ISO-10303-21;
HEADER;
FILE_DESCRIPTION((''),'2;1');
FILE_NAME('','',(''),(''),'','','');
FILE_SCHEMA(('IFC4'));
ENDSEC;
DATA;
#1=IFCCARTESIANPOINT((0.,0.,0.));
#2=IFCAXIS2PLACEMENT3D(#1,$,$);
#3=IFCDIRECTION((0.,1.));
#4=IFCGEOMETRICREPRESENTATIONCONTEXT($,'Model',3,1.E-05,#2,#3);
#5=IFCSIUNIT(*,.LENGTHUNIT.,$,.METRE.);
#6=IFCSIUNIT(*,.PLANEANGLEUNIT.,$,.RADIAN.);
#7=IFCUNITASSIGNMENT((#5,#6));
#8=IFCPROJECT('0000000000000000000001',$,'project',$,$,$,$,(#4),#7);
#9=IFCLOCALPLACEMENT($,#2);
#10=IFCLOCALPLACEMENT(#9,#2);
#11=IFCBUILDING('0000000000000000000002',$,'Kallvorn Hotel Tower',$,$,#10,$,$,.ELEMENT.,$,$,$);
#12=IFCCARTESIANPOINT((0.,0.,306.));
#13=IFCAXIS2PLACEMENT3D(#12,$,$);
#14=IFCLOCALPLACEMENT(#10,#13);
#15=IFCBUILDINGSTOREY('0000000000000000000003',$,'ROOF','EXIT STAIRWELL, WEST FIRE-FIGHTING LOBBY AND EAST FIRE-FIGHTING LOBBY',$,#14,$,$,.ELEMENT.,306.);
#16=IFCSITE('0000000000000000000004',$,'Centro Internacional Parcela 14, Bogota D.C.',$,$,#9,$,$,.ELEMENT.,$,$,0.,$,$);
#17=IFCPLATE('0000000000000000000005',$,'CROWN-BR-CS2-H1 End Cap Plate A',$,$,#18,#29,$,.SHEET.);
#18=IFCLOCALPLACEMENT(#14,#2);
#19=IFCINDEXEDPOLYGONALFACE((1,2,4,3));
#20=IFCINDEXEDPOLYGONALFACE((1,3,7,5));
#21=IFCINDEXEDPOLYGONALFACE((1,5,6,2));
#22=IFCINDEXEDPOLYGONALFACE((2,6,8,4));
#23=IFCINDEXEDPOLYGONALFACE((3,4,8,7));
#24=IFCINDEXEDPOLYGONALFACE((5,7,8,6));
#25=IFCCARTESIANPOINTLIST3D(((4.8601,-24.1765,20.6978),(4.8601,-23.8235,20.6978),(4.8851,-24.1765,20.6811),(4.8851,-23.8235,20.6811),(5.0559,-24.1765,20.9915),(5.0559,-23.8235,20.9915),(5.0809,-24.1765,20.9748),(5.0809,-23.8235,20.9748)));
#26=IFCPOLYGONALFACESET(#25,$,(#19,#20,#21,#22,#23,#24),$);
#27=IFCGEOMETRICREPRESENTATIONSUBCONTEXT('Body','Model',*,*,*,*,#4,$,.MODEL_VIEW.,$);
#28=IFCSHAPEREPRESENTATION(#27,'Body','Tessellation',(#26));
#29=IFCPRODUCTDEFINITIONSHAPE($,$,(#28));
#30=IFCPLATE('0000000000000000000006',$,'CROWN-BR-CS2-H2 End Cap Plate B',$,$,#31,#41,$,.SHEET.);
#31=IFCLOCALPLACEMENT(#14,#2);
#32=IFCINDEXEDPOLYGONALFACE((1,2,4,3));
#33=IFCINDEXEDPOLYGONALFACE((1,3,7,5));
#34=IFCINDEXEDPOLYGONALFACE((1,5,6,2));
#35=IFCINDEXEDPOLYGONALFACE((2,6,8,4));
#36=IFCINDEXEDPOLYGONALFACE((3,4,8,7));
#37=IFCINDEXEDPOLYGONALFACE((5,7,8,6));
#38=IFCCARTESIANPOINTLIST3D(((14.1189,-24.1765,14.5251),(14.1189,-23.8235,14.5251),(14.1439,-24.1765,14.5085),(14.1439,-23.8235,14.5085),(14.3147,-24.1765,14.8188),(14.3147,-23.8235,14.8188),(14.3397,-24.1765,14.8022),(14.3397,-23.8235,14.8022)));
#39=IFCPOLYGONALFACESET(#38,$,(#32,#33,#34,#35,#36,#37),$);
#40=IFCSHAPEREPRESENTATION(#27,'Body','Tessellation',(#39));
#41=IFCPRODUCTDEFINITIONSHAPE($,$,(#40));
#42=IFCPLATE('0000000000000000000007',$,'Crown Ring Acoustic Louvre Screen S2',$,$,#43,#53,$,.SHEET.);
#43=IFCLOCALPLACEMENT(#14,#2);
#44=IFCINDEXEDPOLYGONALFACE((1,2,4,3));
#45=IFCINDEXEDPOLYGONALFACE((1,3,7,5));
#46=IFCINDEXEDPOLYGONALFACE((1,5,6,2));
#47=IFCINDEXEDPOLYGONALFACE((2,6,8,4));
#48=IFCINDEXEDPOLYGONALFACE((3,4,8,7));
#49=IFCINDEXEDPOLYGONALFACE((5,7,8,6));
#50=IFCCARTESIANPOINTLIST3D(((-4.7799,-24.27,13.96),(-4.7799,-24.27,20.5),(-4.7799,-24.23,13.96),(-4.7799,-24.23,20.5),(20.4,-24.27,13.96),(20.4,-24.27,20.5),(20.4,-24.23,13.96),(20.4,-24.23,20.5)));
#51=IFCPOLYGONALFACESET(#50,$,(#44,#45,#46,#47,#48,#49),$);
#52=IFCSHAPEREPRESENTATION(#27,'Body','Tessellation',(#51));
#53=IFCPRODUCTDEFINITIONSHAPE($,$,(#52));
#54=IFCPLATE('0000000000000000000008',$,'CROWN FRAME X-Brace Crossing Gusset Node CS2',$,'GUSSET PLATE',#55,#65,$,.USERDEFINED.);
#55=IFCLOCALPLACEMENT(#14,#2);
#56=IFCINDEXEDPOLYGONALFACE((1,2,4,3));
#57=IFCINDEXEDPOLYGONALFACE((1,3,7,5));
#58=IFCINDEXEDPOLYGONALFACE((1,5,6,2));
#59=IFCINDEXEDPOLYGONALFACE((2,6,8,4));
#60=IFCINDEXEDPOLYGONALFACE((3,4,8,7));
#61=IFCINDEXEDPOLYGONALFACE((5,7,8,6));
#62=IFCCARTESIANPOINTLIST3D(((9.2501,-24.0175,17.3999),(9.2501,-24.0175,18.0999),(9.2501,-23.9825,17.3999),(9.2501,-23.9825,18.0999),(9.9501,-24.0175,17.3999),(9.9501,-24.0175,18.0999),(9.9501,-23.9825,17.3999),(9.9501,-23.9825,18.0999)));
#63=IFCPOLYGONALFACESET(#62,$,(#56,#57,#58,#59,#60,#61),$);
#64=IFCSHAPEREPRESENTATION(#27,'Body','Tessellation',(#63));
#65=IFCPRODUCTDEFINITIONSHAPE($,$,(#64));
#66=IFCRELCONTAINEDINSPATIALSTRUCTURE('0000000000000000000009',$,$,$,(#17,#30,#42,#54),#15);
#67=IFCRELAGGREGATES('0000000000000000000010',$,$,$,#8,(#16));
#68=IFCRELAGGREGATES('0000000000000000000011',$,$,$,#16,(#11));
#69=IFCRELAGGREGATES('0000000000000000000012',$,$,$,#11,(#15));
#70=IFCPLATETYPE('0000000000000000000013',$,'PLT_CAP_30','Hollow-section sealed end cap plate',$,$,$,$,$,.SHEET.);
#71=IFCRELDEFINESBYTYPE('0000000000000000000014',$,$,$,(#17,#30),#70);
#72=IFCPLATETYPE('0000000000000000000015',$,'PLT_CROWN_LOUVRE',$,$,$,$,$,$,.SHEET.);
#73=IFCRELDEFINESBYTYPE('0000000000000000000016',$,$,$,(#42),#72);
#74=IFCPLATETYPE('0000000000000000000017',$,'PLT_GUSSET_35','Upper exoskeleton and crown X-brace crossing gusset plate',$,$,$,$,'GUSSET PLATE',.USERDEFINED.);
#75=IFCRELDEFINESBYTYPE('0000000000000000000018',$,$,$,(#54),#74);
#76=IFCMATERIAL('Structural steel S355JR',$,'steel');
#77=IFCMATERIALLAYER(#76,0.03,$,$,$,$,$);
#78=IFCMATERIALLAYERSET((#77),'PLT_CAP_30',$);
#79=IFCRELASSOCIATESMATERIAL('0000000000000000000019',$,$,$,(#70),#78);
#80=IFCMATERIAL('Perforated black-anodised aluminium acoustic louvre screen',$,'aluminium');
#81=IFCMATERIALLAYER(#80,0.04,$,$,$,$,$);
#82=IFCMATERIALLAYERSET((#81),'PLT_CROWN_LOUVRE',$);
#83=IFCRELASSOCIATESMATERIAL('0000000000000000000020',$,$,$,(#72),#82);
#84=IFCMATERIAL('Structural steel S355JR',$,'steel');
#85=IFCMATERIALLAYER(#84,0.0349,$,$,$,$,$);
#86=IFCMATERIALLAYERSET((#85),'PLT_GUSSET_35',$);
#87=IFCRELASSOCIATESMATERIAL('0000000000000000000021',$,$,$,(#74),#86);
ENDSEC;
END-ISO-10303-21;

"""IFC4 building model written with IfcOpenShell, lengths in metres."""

from ifc_helpers import new_model, si_unit, direction, frame, origin, origin_2d, place, context, subcontext, project, spatial, polyline, rectangle, outline, extrude, material, layer, layer_set, type_object, element, save


model = new_model("IFC4")

# Units and contexts
model_context = context("Model", 3, precision=1e-05, world=origin(), true_north=direction((0.0, 1.0)))
body_context = subcontext(model_context, "Body", "Model", "MODEL_VIEW")
ifc_project = project(units=[si_unit("LENGTHUNIT", "METRE"), si_unit("PLANEANGLEUNIT", "RADIAN")], contexts=[model_context])

# Site, building, storey
site_placement = place(None, origin())
site = spatial("IfcSite", under=ifc_project, at=site_placement, Name="Centro Internacional Parcela 14, Bogota D.C.", CompositionType="ELEMENT", RefElevation=0.0)
building_placement = place(site_placement, origin())
building = spatial("IfcBuilding", under=site, at=building_placement, Name="Kallvorn Hotel Tower", CompositionType="ELEMENT")
storey_placement = place(building_placement, frame((0.0, 0.0, 306.0)))
storey = spatial("IfcBuildingStorey", under=building, at=storey_placement, Name="ROOF", Description="EXIT STAIRWELL, WEST FIRE-FIGHTING LOBBY AND EAST FIRE-FIGHTING LOBBY", CompositionType="ELEMENT", Elevation=306.0)

# Plates
ifc_material_1 = material(Name="Structural steel S355JR", Category="steel")
ifc_layer_1 = layer(ifc_material_1, 0.03)
ifc_layer_set_1 = layer_set([ifc_layer_1], Name="PLT_CAP_30")
plate_type_1 = type_object("IfcPlateType", Name="PLT_CAP_30", Description="Hollow-section sealed end cap plate", PredefinedType="SHEET", material=ifc_layer_set_1)
for number, where, z_axis, x_axis, name in (
    (1, (4.8601, -23.8235, 20.6978), (-0.83205, 0.0, 0.5547), (0.0, -1.0, 0.0), "CROWN-BR-CS2-H1 End Cap Plate A"),
    (2, (14.1189, -23.8235, 14.5251), (-0.83205, 0.0, 0.5547), (0.0, -1.0, 0.0), "CROWN-BR-CS2-H2 End Cap Plate B"),
):
    element("IfcPlate", number, at=place(storey_placement, frame(where, z_axis=z_axis, x_axis=x_axis)), inside=storey, type_object=plate_type_1, Name=name, PredefinedType="SHEET", context=body_context, shape_type="SweptSolid", body=[
        extrude(outline(polyline([(0.0, 0.0), (0.353, 0.0), (0.353, 0.353), (0.0, 0.353), (0.0, 0.0)])), origin(), (0.0, 0.0, -1.0), 0.03),
    ])
ifc_material_2 = material(Name="Perforated black-anodised aluminium acoustic louvre screen", Category="aluminium")
ifc_layer_2 = layer(ifc_material_2, 0.04)
ifc_layer_set_2 = layer_set([ifc_layer_2], Name="PLT_CROWN_LOUVRE")
plate_type_2 = type_object("IfcPlateType", Name="PLT_CROWN_LOUVRE", PredefinedType="SHEET", material=ifc_layer_set_2)
plate_1_placement = place(storey_placement, frame((7.8101, -24.25, 13.96), z_axis=(0.0, 0.0, 1.0), x_axis=(1.0, 0.0, 0.0)))
element("IfcPlate", 3, at=plate_1_placement, inside=storey, type_object=plate_type_2, Name="Crown Ring Acoustic Louvre Screen S2", PredefinedType="SHEET", context=body_context, shape_type="SweptSolid", body=[
    extrude(rectangle(XDim=25.1799, YDim=0.04, at=origin_2d()), origin(), (0.0, 0.0, 1.0), 6.54),
])
ifc_material_3 = material(Name="Structural steel S355JR", Category="steel")
ifc_layer_3 = layer(ifc_material_3, 0.0349)
ifc_layer_set_3 = layer_set([ifc_layer_3], Name="PLT_GUSSET_35")
plate_type_3 = type_object("IfcPlateType", Name="PLT_GUSSET_35", Description="Upper exoskeleton and crown X-brace crossing gusset plate", ElementType="GUSSET PLATE", PredefinedType="USERDEFINED", material=ifc_layer_set_3)
plate_2_placement = place(storey_placement, frame((9.6001, -24.0, 17.3999), z_axis=(0.0, 0.0, 1.0), x_axis=(1.0, 0.0, 0.0)))
element("IfcPlate", 4, at=plate_2_placement, inside=storey, type_object=plate_type_3, Name="CROWN FRAME X-Brace Crossing Gusset Node CS2", ObjectType="GUSSET PLATE", PredefinedType="USERDEFINED", context=body_context, shape_type="SweptSolid", body=[
    extrude(rectangle(XDim=0.7, YDim=0.0349, at=origin_2d()), origin(), (0.0, 0.0, 1.0), 0.7),
])

save(model, "model.ifc")
